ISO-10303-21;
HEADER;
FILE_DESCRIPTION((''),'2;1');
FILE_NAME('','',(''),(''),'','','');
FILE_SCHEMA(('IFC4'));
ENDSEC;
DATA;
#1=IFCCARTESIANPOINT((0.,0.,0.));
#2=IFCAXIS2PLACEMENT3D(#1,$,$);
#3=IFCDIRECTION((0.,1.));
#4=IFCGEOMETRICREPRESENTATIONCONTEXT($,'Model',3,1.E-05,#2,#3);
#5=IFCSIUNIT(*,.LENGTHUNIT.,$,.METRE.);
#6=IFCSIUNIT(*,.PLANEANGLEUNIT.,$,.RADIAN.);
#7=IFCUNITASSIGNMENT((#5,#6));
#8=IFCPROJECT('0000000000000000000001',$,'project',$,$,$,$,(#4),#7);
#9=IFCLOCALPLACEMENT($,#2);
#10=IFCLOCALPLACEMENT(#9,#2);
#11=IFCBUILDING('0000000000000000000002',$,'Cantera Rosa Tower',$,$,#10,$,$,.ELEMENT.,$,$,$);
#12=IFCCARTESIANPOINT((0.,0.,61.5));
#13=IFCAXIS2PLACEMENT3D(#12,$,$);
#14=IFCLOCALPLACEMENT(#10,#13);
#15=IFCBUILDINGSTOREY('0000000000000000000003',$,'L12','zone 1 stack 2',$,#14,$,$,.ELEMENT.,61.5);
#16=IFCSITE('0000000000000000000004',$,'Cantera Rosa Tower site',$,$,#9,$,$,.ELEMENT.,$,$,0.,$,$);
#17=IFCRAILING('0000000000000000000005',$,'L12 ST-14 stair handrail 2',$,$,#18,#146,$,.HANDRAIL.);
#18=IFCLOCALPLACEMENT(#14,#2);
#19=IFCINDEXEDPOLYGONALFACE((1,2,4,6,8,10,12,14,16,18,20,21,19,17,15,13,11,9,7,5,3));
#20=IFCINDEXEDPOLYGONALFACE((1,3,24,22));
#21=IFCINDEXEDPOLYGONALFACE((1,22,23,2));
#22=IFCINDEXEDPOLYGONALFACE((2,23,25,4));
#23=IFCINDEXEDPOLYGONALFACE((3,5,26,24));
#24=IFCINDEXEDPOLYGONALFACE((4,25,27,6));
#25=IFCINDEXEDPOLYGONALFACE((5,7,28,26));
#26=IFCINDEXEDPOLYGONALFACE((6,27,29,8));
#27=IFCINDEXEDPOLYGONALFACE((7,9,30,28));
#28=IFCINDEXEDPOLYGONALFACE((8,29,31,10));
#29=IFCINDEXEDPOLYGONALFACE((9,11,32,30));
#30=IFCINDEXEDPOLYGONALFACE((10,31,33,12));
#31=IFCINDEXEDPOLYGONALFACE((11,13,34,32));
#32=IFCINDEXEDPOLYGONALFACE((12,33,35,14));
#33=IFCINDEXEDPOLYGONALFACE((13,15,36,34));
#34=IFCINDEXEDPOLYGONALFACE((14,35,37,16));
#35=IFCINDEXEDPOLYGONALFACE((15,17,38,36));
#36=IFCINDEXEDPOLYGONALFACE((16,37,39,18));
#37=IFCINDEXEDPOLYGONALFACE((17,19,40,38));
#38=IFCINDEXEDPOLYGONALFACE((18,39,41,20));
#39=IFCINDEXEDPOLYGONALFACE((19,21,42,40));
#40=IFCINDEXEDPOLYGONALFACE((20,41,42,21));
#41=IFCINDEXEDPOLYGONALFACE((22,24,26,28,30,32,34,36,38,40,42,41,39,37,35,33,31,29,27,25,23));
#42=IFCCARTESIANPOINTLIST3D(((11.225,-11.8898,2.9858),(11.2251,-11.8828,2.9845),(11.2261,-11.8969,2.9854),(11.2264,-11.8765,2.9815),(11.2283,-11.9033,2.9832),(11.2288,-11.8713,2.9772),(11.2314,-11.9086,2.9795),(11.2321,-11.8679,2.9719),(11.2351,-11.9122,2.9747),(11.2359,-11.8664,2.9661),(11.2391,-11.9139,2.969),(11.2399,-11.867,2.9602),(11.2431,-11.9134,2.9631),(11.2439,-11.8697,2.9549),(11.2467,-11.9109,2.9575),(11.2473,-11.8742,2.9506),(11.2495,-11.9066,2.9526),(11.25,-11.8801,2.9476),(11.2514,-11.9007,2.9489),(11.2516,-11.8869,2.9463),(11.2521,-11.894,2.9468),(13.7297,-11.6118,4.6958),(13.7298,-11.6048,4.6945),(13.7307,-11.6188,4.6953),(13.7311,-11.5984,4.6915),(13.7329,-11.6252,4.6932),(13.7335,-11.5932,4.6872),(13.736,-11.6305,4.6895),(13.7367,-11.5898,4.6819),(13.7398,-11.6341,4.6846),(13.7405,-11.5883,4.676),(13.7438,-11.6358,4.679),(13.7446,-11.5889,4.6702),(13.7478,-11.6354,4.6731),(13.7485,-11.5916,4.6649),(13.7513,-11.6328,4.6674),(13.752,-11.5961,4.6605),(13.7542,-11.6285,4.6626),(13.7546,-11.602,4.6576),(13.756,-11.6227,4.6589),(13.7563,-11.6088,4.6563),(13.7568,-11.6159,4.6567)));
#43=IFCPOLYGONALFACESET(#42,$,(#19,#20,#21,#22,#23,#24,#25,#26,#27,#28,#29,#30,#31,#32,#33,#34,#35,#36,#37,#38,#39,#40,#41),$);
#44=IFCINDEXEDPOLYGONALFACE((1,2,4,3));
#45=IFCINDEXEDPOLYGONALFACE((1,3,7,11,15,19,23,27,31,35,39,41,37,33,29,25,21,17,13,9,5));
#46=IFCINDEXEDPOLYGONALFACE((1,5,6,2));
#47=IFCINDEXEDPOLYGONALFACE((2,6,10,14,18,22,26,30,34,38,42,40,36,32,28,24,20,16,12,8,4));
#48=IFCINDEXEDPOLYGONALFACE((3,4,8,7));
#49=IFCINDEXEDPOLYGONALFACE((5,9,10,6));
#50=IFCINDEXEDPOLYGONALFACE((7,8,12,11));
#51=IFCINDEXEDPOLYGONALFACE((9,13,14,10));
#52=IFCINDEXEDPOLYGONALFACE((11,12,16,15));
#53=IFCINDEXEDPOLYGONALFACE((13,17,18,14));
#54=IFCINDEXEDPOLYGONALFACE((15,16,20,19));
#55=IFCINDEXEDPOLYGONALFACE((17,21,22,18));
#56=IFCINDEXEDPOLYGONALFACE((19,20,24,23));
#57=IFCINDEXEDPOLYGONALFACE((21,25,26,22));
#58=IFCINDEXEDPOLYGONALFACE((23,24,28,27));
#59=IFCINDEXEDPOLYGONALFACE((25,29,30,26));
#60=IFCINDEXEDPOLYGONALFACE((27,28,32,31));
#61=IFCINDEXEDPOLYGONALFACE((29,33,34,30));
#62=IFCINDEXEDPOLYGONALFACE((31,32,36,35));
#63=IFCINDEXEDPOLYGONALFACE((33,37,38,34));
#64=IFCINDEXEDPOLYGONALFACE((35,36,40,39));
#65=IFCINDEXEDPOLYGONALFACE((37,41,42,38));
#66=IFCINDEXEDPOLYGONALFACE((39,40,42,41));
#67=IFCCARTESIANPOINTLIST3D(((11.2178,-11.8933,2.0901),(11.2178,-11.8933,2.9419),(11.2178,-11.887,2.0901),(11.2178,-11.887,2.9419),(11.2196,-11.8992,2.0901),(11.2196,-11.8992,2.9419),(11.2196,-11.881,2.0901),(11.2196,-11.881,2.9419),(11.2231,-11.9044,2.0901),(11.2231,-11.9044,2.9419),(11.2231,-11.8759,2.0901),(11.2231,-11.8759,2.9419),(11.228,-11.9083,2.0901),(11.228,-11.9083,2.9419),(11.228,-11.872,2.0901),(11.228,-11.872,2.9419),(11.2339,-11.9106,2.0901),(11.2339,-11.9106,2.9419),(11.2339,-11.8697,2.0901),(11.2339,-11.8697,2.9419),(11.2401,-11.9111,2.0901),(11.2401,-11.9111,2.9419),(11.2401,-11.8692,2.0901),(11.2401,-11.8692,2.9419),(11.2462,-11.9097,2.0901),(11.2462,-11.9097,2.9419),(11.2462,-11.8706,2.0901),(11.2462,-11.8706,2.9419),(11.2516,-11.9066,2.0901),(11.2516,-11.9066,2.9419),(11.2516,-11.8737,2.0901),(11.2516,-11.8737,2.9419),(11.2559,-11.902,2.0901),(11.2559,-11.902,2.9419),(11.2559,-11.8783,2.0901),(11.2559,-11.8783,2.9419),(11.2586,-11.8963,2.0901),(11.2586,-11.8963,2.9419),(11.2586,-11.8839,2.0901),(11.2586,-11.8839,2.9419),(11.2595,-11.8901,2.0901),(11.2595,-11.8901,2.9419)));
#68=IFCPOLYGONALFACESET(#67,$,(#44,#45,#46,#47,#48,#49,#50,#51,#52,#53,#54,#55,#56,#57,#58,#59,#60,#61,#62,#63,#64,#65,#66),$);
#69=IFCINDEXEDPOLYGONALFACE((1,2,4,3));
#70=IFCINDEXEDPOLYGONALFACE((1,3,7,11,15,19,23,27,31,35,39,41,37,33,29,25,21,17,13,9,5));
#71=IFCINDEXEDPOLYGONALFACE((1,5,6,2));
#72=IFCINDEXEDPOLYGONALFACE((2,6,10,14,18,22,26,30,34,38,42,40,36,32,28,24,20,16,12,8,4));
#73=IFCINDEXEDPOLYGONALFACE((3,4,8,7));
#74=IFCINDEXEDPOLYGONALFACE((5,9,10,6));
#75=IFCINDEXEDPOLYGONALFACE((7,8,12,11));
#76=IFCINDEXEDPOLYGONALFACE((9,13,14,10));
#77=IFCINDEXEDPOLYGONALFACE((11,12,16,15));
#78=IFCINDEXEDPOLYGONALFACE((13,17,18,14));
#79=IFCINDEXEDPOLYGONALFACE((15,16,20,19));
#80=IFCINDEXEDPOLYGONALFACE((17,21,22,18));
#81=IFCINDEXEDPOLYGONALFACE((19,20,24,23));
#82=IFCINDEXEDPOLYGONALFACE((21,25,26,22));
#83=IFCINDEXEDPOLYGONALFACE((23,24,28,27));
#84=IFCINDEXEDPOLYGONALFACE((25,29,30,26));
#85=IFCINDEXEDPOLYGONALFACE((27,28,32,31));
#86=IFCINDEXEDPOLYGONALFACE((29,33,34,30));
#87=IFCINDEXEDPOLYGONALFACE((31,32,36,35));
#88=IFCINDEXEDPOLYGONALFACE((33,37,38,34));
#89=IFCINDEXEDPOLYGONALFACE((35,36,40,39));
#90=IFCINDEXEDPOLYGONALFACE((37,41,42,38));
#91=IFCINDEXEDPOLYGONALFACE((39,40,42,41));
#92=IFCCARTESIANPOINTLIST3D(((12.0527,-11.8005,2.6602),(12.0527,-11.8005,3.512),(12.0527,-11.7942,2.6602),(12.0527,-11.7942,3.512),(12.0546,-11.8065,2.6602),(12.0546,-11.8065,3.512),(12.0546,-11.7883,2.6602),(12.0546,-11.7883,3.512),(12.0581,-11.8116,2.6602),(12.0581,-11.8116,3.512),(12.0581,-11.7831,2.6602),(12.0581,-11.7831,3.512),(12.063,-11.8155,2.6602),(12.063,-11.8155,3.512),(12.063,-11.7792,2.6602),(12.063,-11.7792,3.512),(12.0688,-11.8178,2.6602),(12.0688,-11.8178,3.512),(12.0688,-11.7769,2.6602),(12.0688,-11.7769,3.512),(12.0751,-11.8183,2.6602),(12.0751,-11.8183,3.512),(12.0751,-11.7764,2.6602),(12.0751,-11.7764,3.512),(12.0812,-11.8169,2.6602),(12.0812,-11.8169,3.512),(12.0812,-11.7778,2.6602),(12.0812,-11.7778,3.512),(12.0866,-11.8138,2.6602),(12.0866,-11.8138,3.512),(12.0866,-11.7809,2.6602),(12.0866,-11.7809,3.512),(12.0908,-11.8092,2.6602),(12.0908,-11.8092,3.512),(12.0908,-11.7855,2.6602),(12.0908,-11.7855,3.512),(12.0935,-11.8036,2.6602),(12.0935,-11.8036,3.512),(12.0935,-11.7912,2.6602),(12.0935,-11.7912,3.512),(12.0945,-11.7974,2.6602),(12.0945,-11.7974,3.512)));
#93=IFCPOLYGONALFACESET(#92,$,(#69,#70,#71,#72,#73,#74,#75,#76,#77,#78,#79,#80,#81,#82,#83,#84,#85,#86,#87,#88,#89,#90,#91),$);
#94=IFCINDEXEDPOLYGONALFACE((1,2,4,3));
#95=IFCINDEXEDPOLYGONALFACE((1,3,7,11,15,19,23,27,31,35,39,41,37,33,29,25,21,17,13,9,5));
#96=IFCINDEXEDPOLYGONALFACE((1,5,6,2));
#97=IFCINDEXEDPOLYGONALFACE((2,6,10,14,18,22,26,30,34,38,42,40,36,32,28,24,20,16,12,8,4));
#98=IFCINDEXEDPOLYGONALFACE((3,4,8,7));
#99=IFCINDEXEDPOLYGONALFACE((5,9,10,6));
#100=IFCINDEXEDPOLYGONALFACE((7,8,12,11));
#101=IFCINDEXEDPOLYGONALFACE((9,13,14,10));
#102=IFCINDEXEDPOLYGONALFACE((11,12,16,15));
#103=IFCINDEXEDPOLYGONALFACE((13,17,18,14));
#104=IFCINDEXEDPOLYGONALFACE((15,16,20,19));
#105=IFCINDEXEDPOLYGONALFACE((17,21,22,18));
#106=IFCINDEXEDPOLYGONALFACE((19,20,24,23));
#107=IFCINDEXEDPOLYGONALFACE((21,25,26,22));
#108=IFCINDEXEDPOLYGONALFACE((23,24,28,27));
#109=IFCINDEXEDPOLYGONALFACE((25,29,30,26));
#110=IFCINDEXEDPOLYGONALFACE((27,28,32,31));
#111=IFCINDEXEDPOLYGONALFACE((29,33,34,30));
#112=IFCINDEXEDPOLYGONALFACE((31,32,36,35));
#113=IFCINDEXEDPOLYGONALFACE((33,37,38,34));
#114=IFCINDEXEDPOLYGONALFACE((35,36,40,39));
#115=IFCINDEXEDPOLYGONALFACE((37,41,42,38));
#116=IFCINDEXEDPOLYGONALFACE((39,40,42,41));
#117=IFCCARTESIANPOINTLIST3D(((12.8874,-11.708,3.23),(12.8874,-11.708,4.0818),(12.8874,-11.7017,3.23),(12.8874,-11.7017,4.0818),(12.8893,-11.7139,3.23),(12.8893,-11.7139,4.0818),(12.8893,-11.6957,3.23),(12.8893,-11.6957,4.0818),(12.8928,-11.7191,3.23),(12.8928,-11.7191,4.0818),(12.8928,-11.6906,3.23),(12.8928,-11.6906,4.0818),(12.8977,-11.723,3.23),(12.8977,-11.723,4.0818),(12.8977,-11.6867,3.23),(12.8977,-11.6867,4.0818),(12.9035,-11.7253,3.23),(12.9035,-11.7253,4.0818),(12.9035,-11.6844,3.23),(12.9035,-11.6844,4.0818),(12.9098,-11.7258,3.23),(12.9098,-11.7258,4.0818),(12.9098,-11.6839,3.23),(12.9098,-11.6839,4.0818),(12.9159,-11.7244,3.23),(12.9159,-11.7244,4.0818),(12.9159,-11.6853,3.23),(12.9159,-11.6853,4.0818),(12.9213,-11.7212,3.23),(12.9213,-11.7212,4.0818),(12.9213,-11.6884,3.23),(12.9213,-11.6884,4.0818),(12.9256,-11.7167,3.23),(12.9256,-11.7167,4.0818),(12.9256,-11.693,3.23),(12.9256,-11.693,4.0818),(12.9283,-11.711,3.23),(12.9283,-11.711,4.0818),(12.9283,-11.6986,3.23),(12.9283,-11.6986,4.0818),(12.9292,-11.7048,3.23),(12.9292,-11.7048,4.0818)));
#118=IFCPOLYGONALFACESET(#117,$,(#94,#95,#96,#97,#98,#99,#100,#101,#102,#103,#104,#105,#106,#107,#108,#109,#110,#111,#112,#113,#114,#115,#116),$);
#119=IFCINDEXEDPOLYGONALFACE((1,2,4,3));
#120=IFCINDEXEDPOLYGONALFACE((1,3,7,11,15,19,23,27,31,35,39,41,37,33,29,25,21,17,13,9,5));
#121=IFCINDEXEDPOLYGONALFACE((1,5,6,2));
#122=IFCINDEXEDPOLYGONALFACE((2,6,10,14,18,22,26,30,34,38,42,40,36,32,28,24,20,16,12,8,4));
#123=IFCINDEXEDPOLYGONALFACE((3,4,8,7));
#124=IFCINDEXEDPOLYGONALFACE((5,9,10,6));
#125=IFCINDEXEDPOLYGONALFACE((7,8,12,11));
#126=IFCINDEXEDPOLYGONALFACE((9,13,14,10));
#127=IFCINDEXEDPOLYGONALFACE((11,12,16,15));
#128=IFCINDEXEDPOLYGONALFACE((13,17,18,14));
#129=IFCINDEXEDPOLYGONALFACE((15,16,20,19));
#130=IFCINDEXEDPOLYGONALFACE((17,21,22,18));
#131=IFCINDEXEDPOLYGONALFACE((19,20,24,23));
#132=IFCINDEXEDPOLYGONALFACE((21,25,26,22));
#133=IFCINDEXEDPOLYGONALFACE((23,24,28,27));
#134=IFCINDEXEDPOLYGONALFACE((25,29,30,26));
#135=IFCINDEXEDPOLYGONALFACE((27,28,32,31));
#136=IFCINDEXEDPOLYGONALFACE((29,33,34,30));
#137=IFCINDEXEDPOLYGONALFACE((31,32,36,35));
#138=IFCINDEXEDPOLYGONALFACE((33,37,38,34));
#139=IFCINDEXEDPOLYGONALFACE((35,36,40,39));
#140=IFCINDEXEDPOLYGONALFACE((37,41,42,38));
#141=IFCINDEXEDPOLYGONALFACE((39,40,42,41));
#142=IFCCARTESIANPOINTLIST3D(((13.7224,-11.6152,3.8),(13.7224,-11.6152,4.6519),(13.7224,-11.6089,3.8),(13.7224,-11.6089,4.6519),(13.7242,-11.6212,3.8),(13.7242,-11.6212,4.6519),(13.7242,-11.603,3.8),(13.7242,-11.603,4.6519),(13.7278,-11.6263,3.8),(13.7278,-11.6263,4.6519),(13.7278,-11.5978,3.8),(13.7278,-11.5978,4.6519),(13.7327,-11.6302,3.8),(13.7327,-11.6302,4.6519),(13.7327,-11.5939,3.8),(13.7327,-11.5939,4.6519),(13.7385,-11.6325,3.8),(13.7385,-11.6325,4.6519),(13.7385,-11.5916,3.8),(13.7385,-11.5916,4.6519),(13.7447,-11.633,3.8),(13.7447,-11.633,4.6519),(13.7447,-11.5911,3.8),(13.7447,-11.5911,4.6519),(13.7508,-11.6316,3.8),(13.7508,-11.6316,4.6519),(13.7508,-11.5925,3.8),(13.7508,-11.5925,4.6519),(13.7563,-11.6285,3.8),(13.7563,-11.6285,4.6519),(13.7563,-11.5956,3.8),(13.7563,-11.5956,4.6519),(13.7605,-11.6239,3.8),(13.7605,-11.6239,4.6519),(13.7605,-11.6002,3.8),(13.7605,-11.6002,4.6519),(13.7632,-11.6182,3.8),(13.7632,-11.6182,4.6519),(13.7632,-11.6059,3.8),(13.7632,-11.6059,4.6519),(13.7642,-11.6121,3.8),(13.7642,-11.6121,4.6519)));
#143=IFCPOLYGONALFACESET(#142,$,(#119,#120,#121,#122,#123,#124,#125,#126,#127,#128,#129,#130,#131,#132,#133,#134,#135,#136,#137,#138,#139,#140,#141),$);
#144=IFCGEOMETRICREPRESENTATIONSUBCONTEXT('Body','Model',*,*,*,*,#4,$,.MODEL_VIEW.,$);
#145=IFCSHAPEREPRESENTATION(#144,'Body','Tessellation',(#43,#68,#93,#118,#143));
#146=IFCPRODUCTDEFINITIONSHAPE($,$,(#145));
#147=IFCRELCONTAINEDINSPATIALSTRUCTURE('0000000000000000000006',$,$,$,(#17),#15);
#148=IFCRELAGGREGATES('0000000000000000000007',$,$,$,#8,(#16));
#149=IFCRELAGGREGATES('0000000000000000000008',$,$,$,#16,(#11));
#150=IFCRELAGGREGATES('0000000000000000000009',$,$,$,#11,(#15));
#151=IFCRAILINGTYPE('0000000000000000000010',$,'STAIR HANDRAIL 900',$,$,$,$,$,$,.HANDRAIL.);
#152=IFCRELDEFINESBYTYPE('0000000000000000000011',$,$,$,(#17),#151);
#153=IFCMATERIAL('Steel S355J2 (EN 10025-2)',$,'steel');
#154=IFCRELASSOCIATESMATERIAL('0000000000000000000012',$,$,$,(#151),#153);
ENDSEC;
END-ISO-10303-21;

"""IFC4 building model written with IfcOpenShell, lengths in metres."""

from ifc_helpers import new_model, si_unit, direction, frame, origin, origin_2d, place, context, subcontext, project, spatial, circle, extrude, material, type_object, element, save


model = new_model("IFC4")

# Units and contexts
model_context = context("Model", 3, precision=1e-05, world=origin(), true_north=direction((0.0, 1.0)))
body_context = subcontext(model_context, "Body", "Model", "MODEL_VIEW")
ifc_project = project(units=[si_unit("LENGTHUNIT", "METRE"), si_unit("PLANEANGLEUNIT", "RADIAN")], contexts=[model_context])

# Site, building, storey
site_placement = place(None, origin())
site = spatial("IfcSite", under=ifc_project, at=site_placement, Name="Cantera Rosa Tower site", CompositionType="ELEMENT", RefElevation=0.0)
building_placement = place(site_placement, origin())
building = spatial("IfcBuilding", under=site, at=building_placement, Name="Cantera Rosa Tower", CompositionType="ELEMENT")
storey_placement = place(building_placement, frame((0.0, 0.0, 61.5)))
storey = spatial("IfcBuildingStorey", under=building, at=storey_placement, Name="L12", Description="zone 1 stack 2", CompositionType="ELEMENT", Elevation=61.5)

# Railing
ifc_material_1 = material(Name="Steel S355J2 (EN 10025-2)", Category="steel")
railing_type_1 = type_object("IfcRailingType", Name="STAIR HANDRAIL 900", PredefinedType="HANDRAIL", material=ifc_material_1)
railing_1_placement = place(storey_placement, frame((11.2385, -11.8901, 2.0901)))
element("IfcRailing", 1, at=railing_1_placement, inside=storey, type_object=railing_type_1, Name="L12 ST-14 stair handrail 2", PredefinedType="HANDRAIL", context=body_context, shape_type="SweptSolid", body=[
    extrude(circle(Radius=0.0239, at=origin_2d()), frame((0.0, 0.0, 0.876), z_axis=(0.822431, 0.09131, 0.561488), x_axis=(-0.110346, 0.993893, 0.0)), (0.0, 0.0, 1.0), 3.0454),
    extrude(circle(Radius=0.021, at=origin_2d()), origin(), (0.0, 0.0, 1.0), 0.8518),
    extrude(circle(Radius=0.021, at=origin_2d()), frame((0.835, 0.0928, 0.5701)), (0.0, 0.0, 1.0), 0.8518),
    extrude(circle(Radius=0.021, at=origin_2d()), frame((1.6697, 0.1853, 1.1399)), (0.0, 0.0, 1.0), 0.8518),
    extrude(circle(Radius=0.021, at=origin_2d()), frame((2.5046, 0.2781, 1.71)), (0.0, 0.0, 1.0), 0.8518),
])

save(model, "model.ifc")
